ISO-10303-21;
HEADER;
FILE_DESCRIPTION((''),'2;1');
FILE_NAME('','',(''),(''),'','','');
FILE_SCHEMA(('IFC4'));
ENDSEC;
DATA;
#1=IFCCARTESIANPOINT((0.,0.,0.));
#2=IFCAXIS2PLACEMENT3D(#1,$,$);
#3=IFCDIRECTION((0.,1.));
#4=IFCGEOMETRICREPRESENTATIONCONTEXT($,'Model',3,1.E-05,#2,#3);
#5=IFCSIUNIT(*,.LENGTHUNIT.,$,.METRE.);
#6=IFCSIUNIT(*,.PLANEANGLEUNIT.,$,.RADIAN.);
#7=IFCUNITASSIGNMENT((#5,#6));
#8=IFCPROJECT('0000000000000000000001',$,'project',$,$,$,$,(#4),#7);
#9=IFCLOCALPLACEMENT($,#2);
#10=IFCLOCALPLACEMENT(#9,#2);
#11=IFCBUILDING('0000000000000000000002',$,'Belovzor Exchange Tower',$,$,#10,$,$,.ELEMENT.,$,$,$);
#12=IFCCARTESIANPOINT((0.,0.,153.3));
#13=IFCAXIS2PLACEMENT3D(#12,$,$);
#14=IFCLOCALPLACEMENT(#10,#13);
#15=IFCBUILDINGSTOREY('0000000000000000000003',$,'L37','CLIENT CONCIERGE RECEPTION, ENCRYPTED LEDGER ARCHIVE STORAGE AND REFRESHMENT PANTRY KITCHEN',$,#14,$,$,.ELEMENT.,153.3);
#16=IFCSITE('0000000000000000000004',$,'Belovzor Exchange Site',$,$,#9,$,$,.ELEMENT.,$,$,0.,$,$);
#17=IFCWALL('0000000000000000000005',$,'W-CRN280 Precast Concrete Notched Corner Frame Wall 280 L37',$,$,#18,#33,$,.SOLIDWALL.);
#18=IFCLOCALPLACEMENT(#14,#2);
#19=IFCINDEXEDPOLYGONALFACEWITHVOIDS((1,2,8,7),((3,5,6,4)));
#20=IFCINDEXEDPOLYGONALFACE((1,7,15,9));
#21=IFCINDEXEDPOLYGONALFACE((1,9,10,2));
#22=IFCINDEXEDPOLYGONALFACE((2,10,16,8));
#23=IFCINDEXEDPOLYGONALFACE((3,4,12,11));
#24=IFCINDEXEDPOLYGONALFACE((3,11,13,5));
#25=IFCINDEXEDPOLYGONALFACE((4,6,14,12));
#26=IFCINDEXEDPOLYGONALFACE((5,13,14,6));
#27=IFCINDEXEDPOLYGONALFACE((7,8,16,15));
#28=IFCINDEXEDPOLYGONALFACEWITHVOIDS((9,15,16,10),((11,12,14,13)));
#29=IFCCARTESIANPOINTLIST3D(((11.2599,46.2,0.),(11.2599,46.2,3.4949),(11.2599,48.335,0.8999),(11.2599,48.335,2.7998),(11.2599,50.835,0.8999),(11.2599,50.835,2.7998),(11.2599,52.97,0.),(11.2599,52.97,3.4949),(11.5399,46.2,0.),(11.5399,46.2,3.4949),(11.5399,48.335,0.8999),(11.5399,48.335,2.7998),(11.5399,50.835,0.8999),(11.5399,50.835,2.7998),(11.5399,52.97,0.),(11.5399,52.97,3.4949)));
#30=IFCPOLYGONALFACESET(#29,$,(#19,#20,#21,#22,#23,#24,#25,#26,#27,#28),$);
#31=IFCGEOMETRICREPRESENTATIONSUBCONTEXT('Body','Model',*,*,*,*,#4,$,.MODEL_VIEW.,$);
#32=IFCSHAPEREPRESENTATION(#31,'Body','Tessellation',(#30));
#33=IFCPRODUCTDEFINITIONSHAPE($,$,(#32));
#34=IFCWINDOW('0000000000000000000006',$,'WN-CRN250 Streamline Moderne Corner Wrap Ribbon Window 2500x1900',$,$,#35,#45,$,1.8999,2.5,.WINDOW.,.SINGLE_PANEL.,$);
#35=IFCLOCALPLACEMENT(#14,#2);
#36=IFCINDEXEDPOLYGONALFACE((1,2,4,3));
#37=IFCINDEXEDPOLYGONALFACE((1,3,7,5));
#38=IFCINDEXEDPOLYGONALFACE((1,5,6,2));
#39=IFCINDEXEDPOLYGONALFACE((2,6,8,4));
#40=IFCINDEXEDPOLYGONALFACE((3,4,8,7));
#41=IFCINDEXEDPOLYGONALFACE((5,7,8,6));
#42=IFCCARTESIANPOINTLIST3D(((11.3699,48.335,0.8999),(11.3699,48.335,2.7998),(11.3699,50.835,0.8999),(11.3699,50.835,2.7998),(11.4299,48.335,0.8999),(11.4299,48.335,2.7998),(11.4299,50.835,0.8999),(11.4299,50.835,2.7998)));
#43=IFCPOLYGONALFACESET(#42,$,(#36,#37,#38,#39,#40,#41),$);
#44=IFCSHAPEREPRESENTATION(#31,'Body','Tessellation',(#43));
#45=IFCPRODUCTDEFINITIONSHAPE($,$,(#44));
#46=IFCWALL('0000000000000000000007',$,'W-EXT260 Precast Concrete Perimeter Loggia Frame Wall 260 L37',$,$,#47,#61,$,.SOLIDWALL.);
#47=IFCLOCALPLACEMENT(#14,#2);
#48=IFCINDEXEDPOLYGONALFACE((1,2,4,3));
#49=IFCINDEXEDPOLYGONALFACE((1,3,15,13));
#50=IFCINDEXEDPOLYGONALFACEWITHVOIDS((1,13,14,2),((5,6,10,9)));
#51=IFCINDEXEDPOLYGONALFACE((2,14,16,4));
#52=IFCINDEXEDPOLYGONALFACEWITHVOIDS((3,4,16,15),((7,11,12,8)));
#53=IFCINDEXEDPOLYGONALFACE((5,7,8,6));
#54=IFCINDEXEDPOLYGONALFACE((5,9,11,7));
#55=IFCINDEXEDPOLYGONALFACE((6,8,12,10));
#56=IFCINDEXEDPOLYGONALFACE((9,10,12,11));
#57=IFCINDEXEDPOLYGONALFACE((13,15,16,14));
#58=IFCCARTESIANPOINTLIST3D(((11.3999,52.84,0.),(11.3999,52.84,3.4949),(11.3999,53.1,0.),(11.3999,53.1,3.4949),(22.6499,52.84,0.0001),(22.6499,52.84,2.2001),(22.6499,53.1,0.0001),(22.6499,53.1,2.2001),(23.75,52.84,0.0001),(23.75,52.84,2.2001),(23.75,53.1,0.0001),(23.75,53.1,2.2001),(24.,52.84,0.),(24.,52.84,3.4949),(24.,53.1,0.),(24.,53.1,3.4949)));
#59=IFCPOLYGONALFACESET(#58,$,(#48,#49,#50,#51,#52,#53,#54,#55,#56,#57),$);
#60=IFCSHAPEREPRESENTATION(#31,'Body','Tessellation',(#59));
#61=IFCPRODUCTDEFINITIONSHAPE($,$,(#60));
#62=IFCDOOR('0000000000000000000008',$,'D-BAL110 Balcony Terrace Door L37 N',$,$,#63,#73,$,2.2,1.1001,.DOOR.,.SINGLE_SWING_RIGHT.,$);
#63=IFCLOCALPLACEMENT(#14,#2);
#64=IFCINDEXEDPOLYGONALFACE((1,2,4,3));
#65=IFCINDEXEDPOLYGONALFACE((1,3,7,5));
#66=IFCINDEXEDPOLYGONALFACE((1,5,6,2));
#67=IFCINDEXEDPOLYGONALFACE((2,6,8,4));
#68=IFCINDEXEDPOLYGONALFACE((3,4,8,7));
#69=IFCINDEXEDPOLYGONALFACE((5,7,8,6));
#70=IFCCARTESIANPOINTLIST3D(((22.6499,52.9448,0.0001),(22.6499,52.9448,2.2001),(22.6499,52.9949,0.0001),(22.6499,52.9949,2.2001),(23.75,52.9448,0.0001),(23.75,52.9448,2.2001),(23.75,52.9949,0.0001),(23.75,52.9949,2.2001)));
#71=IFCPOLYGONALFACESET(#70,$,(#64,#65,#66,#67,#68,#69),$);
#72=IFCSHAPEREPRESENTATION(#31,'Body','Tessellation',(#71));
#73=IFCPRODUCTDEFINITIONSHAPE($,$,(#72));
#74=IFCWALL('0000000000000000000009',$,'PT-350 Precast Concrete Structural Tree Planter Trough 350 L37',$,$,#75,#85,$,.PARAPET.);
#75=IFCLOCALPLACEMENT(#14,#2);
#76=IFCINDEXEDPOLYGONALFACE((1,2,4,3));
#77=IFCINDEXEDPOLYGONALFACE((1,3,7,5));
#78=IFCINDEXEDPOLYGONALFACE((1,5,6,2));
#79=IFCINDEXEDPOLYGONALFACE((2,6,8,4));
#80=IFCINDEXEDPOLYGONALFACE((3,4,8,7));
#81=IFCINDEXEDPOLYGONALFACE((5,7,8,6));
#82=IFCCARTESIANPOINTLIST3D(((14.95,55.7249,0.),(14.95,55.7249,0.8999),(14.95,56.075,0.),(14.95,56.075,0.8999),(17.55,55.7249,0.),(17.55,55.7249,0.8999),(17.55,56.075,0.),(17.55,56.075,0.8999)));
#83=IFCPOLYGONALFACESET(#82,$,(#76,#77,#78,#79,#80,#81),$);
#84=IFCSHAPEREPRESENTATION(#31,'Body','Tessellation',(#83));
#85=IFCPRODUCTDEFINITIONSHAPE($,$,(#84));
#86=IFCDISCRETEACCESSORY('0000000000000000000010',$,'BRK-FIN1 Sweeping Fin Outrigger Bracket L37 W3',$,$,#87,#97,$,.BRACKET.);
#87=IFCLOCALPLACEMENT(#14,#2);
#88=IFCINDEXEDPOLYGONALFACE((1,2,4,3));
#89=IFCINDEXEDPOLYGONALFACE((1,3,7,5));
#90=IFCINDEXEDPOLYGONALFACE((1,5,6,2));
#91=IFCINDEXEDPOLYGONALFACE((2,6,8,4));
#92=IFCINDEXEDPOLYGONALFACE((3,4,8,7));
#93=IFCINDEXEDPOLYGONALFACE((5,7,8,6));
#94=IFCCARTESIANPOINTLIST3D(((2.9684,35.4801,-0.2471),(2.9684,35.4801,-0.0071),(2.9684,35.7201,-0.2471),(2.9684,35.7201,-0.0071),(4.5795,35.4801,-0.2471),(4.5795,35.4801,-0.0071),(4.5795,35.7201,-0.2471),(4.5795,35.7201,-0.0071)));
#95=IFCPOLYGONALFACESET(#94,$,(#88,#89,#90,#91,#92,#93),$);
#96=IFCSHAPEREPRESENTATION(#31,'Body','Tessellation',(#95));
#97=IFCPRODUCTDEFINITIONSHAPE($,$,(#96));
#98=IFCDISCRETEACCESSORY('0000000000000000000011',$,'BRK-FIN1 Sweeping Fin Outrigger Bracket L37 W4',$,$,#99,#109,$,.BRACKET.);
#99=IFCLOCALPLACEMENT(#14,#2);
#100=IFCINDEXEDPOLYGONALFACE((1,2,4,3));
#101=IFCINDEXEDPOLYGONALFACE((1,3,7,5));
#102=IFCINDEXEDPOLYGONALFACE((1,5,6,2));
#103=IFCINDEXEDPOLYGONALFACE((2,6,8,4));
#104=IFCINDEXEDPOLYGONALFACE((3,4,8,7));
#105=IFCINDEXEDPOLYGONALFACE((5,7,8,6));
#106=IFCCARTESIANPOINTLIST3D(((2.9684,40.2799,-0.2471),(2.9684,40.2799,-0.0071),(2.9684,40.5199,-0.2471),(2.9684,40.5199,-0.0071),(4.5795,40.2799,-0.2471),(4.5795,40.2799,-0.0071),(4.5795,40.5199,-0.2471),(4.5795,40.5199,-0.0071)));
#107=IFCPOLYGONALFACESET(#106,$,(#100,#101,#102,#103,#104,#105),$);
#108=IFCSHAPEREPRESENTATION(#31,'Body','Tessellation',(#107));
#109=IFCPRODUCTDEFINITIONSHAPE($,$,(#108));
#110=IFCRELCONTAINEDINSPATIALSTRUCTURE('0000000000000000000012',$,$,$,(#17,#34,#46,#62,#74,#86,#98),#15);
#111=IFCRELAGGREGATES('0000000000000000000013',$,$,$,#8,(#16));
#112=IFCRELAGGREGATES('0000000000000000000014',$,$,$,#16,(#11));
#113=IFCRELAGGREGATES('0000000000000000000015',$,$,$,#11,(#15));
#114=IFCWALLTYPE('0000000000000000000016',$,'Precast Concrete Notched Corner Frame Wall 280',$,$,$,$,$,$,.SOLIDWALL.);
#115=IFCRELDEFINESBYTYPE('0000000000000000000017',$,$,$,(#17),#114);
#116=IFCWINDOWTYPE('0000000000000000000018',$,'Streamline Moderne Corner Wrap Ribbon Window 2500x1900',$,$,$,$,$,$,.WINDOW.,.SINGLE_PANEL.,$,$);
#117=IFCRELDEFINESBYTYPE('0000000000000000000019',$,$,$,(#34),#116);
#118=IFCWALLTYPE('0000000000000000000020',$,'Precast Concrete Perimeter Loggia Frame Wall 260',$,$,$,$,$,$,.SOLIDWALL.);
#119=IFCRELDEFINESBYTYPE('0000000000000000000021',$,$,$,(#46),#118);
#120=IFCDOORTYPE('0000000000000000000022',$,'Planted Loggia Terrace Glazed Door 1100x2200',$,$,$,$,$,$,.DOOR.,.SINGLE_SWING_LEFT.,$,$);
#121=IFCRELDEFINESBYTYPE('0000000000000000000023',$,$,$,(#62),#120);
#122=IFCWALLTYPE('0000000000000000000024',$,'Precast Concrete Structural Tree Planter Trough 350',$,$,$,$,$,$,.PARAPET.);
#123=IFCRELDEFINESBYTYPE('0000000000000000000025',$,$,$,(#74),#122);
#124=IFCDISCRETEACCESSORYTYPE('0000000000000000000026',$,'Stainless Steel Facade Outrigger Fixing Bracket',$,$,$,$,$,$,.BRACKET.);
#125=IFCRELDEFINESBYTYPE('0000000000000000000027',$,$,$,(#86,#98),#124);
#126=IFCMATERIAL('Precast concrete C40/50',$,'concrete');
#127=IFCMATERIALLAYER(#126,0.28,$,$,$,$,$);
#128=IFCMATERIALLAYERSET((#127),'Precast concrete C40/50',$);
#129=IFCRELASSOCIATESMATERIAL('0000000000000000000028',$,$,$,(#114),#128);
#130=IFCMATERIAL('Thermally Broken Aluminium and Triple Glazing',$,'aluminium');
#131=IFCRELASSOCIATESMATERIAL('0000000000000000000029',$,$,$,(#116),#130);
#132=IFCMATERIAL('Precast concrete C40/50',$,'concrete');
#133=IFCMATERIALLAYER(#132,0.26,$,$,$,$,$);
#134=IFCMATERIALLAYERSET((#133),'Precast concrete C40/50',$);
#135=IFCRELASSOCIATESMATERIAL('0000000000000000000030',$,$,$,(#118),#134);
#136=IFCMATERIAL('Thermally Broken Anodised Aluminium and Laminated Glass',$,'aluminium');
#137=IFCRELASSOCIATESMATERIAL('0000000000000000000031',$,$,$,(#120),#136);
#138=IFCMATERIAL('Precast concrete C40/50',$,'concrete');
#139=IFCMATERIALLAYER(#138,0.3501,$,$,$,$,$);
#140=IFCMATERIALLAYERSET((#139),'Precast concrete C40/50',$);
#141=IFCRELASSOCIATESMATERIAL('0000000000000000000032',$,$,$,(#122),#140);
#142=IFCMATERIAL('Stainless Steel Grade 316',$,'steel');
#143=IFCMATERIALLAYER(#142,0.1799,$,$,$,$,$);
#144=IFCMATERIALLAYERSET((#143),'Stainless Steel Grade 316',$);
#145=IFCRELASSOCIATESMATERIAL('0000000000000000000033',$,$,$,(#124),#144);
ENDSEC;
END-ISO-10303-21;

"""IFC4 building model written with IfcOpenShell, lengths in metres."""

from ifc_helpers import new_model, si_unit, direction, frame, frame_2d, origin, origin_2d, place, context, subcontext, project, spatial, rectangle, extrude, material, layer, layer_set, type_object, element, fill, save


model = new_model("IFC4")

# Units and contexts
model_context = context("Model", 3, precision=1e-05, world=origin(), true_north=direction((0.0, 1.0)))
body_context = subcontext(model_context, "Body", "Model", "MODEL_VIEW")
ifc_project = project(units=[si_unit("LENGTHUNIT", "METRE"), si_unit("PLANEANGLEUNIT", "RADIAN")], contexts=[model_context])

# Site, building, storey
site_placement = place(None, origin())
site = spatial("IfcSite", under=ifc_project, at=site_placement, Name="Belovzor Exchange Site", CompositionType="ELEMENT", RefElevation=0.0)
building_placement = place(site_placement, origin())
building = spatial("IfcBuilding", under=site, at=building_placement, Name="Belovzor Exchange Tower", CompositionType="ELEMENT")
storey_placement = place(building_placement, frame((0.0, 0.0, 153.3)))
storey = spatial("IfcBuildingStorey", under=building, at=storey_placement, Name="L37", Description="CLIENT CONCIERGE RECEPTION, ENCRYPTED LEDGER ARCHIVE STORAGE AND REFRESHMENT PANTRY KITCHEN", CompositionType="ELEMENT", Elevation=153.3)

# Wall, opening, window
ifc_material_1 = material(Name="Precast concrete C40/50", Category="concrete")
ifc_layer_1 = layer(ifc_material_1, 0.28)
ifc_layer_set_1 = layer_set([ifc_layer_1], Name="Precast concrete C40/50")
wall_type_1 = type_object("IfcWallType", Name="Precast Concrete Notched Corner Frame Wall 280", PredefinedType="SOLIDWALL", material=ifc_layer_set_1)
ifc_material_2 = material(Name="Thermally Broken Aluminium and Triple Glazing", Category="aluminium")
window_type = type_object("IfcWindowType", Name="Streamline Moderne Corner Wrap Ribbon Window 2500x1900", PartitioningType="SINGLE_PANEL", PredefinedType="WINDOW", material=ifc_material_2)
wall_1_placement = place(storey_placement, frame((11.3999, 46.2, 0.0), z_axis=(0.0, 0.0, 1.0), x_axis=(0.0, 1.0, 0.0)))
wall_1 = element("IfcWall", 1, at=wall_1_placement, inside=storey, type_object=wall_type_1, Name="W-CRN280 Precast Concrete Notched Corner Frame Wall 280 L37", PredefinedType="SOLIDWALL", context=body_context, shape_type="SweptSolid", body=[
    extrude(rectangle(XDim=6.77, YDim=0.28, at=frame_2d((3.385, 0.0))), origin(), (0.0, 0.0, 1.0), 3.4949),
])
opening_1_placement = place(wall_1_placement, frame((2.135, 0.0, 0.8999)))
opening_1 = element("IfcOpeningElement", 2, at=opening_1_placement, cuts=wall_1, PredefinedType="OPENING", context=body_context, shape_type="SweptSolid", body=[
    extrude(rectangle(XDim=2.5, YDim=1.8999, at=frame_2d((1.25, 0.95))), frame((0.0, 0.1499, 0.0), z_axis=(0.0, -1.0, 0.0), x_axis=(1.0, 0.0, 0.0)), (0.0, 0.0, 1.0), 0.3),
])
window_1_placement = place(opening_1_placement, origin())
window_1 = element("IfcWindow", 3, at=window_1_placement, inside=storey, type_object=window_type, Name="WN-CRN250 Streamline Moderne Corner Wrap Ribbon Window 2500x1900", OverallHeight=1.8999, OverallWidth=2.5, PartitioningType="SINGLE_PANEL", PredefinedType="WINDOW", context=body_context, shape_type="SweptSolid", body=[
    extrude(rectangle(XDim=2.5, YDim=1.8999, at=frame_2d((1.25, 0.95))), frame((0.0, 0.03, 0.0), z_axis=(0.0, -1.0, 0.0), x_axis=(1.0, 0.0, 0.0)), (0.0, 0.0, 1.0), 0.0601),
])
fill(opening_1, window_1)

# Wall, opening, door
ifc_material_3 = material(Name="Precast concrete C40/50", Category="concrete")
ifc_layer_2 = layer(ifc_material_3, 0.26)
ifc_layer_set_2 = layer_set([ifc_layer_2], Name="Precast concrete C40/50")
wall_type_2 = type_object("IfcWallType", Name="Precast Concrete Perimeter Loggia Frame Wall 260", PredefinedType="SOLIDWALL", material=ifc_layer_set_2)
wall_2_placement = place(storey_placement, frame((11.3999, 52.97, 0.0), z_axis=(0.0, 0.0, 1.0), x_axis=(1.0, 0.0, 0.0)))
wall_2 = element("IfcWall", 4, at=wall_2_placement, inside=storey, type_object=wall_type_2, Name="W-EXT260 Precast Concrete Perimeter Loggia Frame Wall 260 L37", PredefinedType="SOLIDWALL", context=body_context, shape_type="SweptSolid", body=[
    extrude(rectangle(XDim=12.6001, YDim=0.26, at=frame_2d((6.3, 0.0))), origin(), (0.0, 0.0, 1.0), 3.4949),
])
opening_2_placement = place(wall_2_placement, frame((11.25, 0.0, 0.0)))
opening_2 = element("IfcOpeningElement", 5, at=opening_2_placement, cuts=wall_2, PredefinedType="OPENING", context=body_context, shape_type="SweptSolid", body=[
    extrude(rectangle(XDim=1.1001, YDim=2.2, at=frame_2d((0.55, 1.1001))), frame((0.0, 0.1399, 0.0), z_axis=(0.0, -1.0, 0.0), x_axis=(1.0, 0.0, 0.0)), (0.0, 0.0, 1.0), 0.28),
])
ifc_material_4 = material(Name="Thermally Broken Anodised Aluminium and Laminated Glass", Category="aluminium")
door_type_1 = type_object("IfcDoorType", Name="Planted Loggia Terrace Glazed Door 1100x2200", OperationType="SINGLE_SWING_LEFT", PredefinedType="DOOR", material=ifc_material_4)
door_1_placement = place(opening_2_placement, origin())
door_1 = element("IfcDoor", 6, at=door_1_placement, inside=storey, type_object=door_type_1, Name="D-BAL110 Balcony Terrace Door L37 N", OperationType="SINGLE_SWING_RIGHT", OverallHeight=2.2, OverallWidth=1.1001, PredefinedType="DOOR", context=body_context, shape_type="SweptSolid", body=[
    extrude(rectangle(XDim=1.1001, YDim=2.2, at=frame_2d((0.55, 1.1001))), frame((0.0, 0.0249, 0.0), z_axis=(0.0, -1.0, 0.0), x_axis=(1.0, 0.0, 0.0)), (0.0, 0.0, 1.0), 0.05),
])
fill(opening_2, door_1)

# Wall
ifc_material_5 = material(Name="Precast concrete C40/50", Category="concrete")
ifc_layer_3 = layer(ifc_material_5, 0.3501)
ifc_layer_set_3 = layer_set([ifc_layer_3], Name="Precast concrete C40/50")
wall_type_3 = type_object("IfcWallType", Name="Precast Concrete Structural Tree Planter Trough 350", PredefinedType="PARAPET", material=ifc_layer_set_3)
wall_3_placement = place(storey_placement, frame((14.95, 55.8999, 0.0), z_axis=(0.0, 0.0, 1.0), x_axis=(1.0, 0.0, 0.0)))
element("IfcWall", 7, at=wall_3_placement, inside=storey, type_object=wall_type_3, Name="PT-350 Precast Concrete Structural Tree Planter Trough 350 L37", PredefinedType="PARAPET", context=body_context, shape_type="SweptSolid", body=[
    extrude(rectangle(XDim=2.6001, YDim=0.3501, at=frame_2d((1.3, 0.0))), origin(), (0.0, 0.0, 1.0), 0.8999),
])

# Discrete accessories
ifc_material_6 = material(Name="Stainless Steel Grade 316", Category="steel")
ifc_layer_4 = layer(ifc_material_6, 0.1799)
ifc_layer_set_4 = layer_set([ifc_layer_4], Name="Stainless Steel Grade 316")
discrete_accessory_type = type_object("IfcDiscreteAccessoryType", Name="Stainless Steel Facade Outrigger Fixing Bracket", PredefinedType="BRACKET", material=ifc_layer_set_4)
for number, where, z_axis, x_axis, name in (
    (8, (3.7739, 35.6001, -0.2471), (0.0, 0.0, 1.0), (1.0, 0.0, 0.0), "BRK-FIN1 Sweeping Fin Outrigger Bracket L37 W3"),
    (9, (3.7739, 40.3999, -0.2471), (0.0, 0.0, 1.0), (1.0, 0.0, 0.0), "BRK-FIN1 Sweeping Fin Outrigger Bracket L37 W4"),
):
    element("IfcDiscreteAccessory", number, at=place(storey_placement, frame(where, z_axis=z_axis, x_axis=x_axis)), inside=storey, type_object=discrete_accessory_type, Name=name, PredefinedType="BRACKET", context=body_context, shape_type="SweptSolid", body=[
        extrude(rectangle(XDim=1.6111, YDim=0.24, at=origin_2d()), origin(), (0.0, 0.0, 1.0), 0.24),
    ])

save(model, "model.ifc")
